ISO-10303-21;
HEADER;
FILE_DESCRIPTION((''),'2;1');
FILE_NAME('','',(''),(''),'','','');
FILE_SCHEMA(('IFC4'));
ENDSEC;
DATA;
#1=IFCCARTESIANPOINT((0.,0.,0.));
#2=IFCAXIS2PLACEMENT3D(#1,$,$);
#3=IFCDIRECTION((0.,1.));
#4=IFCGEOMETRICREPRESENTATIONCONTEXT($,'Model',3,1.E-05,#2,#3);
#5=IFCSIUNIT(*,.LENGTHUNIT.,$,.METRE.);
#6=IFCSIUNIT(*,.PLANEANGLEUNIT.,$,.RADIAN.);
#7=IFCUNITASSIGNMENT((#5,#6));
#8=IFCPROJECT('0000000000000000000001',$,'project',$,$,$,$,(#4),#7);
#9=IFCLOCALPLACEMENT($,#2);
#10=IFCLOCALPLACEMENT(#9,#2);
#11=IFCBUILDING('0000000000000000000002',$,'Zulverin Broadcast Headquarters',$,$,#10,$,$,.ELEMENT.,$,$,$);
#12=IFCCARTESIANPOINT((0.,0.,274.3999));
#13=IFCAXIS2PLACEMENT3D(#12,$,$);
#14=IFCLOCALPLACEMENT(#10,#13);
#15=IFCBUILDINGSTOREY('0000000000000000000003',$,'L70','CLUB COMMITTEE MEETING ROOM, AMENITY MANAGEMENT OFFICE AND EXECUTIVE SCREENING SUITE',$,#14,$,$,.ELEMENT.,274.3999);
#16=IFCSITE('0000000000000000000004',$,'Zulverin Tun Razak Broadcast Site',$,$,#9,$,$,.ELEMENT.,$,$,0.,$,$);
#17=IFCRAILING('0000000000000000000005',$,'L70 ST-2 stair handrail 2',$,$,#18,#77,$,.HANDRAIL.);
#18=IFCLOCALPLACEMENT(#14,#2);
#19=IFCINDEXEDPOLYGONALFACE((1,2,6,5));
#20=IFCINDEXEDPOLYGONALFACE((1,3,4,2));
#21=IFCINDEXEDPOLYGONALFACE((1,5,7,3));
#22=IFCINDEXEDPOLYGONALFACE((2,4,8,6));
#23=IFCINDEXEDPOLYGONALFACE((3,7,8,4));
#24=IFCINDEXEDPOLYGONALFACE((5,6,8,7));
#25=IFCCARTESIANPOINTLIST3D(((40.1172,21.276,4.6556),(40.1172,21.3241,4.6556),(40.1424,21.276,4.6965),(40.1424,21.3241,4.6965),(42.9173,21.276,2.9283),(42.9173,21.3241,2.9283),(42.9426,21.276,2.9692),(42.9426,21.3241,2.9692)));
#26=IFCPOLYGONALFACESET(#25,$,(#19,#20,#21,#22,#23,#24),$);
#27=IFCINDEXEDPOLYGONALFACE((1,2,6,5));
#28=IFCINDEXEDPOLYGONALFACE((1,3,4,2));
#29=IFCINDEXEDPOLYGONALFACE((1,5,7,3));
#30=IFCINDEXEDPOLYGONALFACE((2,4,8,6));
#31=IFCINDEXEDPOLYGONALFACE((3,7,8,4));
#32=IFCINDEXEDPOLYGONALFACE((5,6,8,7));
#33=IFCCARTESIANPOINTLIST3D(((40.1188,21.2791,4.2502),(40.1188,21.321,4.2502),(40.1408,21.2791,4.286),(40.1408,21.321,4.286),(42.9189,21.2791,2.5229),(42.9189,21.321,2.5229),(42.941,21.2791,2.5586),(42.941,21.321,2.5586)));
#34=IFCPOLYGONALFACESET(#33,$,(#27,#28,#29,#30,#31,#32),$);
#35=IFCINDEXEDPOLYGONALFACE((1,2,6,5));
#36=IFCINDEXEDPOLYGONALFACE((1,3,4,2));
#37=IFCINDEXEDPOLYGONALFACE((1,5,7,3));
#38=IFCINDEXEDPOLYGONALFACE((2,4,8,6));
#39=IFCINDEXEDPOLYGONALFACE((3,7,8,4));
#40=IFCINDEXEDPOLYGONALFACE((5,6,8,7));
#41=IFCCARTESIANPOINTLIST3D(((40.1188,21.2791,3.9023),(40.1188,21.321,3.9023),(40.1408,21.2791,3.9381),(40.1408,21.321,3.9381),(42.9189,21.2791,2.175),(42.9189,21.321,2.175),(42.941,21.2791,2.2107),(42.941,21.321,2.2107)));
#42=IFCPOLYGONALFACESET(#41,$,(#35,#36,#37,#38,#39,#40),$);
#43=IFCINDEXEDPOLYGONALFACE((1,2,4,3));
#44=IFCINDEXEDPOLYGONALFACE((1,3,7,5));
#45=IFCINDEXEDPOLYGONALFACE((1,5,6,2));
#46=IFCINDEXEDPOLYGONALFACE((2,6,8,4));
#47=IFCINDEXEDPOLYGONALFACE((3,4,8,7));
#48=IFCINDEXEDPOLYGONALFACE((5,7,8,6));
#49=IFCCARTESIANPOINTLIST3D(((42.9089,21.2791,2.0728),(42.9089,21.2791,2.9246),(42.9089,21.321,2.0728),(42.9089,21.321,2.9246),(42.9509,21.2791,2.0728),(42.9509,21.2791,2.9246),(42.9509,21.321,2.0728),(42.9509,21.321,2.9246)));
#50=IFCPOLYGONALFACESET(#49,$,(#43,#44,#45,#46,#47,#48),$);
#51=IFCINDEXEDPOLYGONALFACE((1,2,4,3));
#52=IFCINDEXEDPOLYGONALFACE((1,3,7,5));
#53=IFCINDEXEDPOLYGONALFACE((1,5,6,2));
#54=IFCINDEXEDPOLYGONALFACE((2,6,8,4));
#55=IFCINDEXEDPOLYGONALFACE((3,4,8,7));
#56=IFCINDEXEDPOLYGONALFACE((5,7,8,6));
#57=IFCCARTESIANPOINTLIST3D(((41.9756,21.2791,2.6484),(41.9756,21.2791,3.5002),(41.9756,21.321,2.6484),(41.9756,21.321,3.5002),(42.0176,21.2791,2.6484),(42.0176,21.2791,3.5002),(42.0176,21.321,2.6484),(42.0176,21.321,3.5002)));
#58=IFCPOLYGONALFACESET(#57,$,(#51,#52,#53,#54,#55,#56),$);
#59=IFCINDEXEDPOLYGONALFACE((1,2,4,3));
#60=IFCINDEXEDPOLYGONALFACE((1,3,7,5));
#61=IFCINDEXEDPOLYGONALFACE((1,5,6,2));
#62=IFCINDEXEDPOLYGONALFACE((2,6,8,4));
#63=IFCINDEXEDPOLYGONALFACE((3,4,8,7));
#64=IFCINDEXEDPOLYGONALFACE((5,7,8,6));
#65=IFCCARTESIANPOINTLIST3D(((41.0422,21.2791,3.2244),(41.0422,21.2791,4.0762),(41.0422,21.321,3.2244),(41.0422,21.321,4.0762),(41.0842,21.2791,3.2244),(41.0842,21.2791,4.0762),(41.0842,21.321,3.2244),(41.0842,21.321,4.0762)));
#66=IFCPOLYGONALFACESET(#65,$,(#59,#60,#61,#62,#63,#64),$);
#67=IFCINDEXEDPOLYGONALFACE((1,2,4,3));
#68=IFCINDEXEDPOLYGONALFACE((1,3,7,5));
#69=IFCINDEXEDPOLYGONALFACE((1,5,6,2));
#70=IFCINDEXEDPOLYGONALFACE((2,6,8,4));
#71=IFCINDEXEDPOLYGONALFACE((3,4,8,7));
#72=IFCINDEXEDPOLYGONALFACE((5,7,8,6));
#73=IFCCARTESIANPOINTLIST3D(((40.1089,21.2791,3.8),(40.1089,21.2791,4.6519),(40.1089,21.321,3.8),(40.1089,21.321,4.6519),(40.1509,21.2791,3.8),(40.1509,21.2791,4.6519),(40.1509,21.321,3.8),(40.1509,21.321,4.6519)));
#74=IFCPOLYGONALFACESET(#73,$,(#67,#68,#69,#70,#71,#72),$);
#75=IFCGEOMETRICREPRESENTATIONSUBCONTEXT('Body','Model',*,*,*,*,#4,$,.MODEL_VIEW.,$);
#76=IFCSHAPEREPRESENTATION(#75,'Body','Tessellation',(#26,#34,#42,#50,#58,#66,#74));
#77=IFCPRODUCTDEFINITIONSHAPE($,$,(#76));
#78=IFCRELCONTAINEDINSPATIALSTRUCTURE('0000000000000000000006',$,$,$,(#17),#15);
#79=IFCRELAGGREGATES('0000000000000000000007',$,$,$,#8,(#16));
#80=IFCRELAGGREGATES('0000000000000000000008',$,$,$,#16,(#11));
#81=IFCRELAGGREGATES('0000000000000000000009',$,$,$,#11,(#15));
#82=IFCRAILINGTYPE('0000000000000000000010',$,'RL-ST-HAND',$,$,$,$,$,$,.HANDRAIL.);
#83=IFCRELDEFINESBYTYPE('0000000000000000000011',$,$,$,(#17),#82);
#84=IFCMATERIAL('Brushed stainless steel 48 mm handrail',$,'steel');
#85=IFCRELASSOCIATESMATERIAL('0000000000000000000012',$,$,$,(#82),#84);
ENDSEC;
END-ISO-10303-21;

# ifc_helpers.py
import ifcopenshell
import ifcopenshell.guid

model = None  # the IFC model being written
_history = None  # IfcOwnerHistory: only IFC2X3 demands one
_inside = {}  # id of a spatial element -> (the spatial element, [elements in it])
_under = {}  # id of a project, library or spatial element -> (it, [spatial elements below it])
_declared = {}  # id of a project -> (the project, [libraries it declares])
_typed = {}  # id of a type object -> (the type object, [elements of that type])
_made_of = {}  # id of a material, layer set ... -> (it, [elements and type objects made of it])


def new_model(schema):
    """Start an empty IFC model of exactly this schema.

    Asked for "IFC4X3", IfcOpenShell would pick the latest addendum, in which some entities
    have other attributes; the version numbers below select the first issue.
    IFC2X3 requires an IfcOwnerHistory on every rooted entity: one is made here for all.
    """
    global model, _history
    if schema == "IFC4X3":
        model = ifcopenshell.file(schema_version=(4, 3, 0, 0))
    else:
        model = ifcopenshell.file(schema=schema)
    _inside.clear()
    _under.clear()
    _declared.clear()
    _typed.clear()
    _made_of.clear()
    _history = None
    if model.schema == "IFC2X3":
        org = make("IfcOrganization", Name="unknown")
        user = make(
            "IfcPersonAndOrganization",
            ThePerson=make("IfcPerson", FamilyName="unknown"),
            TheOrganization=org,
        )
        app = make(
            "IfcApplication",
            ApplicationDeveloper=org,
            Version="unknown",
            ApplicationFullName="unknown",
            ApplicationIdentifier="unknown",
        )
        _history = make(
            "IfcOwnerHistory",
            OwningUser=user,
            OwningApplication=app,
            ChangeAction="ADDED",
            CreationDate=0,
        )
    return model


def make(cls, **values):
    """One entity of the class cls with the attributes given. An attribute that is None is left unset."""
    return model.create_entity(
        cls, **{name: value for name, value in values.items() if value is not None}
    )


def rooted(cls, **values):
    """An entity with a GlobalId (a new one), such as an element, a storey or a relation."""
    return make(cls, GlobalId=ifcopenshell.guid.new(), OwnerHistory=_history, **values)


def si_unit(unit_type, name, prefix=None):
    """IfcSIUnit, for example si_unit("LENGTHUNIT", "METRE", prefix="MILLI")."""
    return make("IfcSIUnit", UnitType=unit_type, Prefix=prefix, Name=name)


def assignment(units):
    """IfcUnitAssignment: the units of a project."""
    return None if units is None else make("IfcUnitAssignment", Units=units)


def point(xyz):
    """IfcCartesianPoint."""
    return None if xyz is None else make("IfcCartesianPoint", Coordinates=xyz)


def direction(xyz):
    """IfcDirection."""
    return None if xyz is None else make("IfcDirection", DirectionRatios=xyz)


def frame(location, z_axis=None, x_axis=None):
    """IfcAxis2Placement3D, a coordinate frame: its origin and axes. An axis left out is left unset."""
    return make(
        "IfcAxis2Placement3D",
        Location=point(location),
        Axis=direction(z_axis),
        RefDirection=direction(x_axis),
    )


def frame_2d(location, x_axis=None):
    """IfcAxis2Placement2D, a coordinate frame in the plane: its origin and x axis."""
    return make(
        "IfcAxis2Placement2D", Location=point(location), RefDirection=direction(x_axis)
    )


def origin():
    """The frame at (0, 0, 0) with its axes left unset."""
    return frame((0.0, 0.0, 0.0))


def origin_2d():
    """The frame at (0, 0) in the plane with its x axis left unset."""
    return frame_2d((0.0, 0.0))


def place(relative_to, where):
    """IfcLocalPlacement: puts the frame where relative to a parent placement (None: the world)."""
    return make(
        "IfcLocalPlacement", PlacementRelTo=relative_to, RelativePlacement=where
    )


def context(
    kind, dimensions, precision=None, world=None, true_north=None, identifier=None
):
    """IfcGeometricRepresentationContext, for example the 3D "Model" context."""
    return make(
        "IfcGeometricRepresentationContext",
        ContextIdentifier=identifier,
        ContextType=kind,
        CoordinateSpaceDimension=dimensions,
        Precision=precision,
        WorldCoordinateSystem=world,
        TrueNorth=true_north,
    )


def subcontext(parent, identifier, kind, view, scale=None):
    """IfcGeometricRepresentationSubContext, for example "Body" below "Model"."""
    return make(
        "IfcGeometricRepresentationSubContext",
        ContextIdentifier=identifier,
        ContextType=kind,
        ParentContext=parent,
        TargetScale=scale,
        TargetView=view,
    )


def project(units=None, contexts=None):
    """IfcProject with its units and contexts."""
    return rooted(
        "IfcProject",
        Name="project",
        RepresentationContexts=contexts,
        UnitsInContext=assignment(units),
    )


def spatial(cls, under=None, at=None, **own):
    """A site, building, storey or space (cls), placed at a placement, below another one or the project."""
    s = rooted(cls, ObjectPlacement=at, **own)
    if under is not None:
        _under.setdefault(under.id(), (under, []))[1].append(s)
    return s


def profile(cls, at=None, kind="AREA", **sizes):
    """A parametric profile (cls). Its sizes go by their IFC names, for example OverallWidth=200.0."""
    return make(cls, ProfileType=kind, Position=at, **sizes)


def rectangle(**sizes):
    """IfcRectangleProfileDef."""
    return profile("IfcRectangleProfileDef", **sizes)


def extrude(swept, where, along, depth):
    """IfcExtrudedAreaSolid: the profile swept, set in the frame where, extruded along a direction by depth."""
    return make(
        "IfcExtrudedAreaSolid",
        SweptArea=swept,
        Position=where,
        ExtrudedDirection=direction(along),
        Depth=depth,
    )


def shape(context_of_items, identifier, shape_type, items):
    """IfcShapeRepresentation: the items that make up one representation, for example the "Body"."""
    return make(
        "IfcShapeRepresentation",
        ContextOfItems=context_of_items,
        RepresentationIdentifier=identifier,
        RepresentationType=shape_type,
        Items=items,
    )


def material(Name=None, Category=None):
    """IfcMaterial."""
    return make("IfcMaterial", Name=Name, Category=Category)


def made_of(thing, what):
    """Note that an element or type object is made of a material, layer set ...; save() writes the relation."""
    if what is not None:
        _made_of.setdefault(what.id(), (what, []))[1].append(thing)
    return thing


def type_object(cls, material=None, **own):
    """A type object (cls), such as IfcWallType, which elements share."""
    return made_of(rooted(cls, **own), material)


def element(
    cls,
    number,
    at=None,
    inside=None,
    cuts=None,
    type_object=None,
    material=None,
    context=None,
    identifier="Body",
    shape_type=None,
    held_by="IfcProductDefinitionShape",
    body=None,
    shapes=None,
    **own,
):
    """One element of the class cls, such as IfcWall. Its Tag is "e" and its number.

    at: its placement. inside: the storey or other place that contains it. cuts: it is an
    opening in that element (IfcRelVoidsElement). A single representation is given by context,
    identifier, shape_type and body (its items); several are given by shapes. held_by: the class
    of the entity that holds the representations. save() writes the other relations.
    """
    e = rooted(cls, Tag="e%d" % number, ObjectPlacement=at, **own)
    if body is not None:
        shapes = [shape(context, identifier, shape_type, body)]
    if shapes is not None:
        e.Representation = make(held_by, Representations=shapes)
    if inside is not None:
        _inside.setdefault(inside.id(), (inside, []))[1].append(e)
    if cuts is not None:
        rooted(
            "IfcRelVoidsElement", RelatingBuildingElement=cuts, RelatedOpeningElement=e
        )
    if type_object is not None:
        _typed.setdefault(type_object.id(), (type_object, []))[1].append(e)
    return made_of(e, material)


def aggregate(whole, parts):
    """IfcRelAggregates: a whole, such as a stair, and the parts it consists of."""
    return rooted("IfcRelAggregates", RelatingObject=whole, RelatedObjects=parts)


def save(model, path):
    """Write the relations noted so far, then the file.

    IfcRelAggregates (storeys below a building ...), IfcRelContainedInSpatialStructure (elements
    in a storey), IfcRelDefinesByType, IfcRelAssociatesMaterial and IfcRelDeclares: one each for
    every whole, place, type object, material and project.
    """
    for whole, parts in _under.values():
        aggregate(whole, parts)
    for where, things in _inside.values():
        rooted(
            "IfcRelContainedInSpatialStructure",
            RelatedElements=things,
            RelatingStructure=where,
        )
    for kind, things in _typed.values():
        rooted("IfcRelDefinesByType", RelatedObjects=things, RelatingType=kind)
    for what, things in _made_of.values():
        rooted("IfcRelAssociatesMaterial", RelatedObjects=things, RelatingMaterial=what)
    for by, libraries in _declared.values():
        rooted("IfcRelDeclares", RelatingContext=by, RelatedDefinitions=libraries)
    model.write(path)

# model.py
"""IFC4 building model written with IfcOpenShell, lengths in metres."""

from ifc_helpers import new_model, si_unit, direction, frame, origin, origin_2d, place, context, subcontext, project, spatial, rectangle, extrude, material, type_object, element, save


model = new_model("IFC4")

# Units and contexts
model_context = context("Model", 3, precision=1e-05, world=origin(), true_north=direction((0.0, 1.0)))
body_context = subcontext(model_context, "Body", "Model", "MODEL_VIEW")
ifc_project = project(units=[si_unit("LENGTHUNIT", "METRE"), si_unit("PLANEANGLEUNIT", "RADIAN")], contexts=[model_context])

# Site, building, storey
site_placement = place(None, origin())
site = spatial("IfcSite", under=ifc_project, at=site_placement, Name="Zulverin Tun Razak Broadcast Site", CompositionType="ELEMENT", RefElevation=0.0)
building_placement = place(site_placement, origin())
building = spatial("IfcBuilding", under=site, at=building_placement, Name="Zulverin Broadcast Headquarters", CompositionType="ELEMENT")
storey_placement = place(building_placement, frame((0.0, 0.0, 274.3999)))
storey = spatial("IfcBuildingStorey", under=building, at=storey_placement, Name="L70", Description="CLUB COMMITTEE MEETING ROOM, AMENITY MANAGEMENT OFFICE AND EXECUTIVE SCREENING SUITE", CompositionType="ELEMENT", Elevation=274.3999)

# Railing
ifc_material_1 = material(Name="Brushed stainless steel 48 mm handrail", Category="steel")
railing_type_1 = type_object("IfcRailingType", Name="RL-ST-HAND", PredefinedType="HANDRAIL", material=ifc_material_1)
railing_1_placement = place(storey_placement, frame((42.9299, 21.3, 2.0728)))
element("IfcRailing", 1, at=railing_1_placement, inside=storey, type_object=railing_type_1, Name="L70 ST-2 stair handrail 2", PredefinedType="HANDRAIL", context=body_context, shape_type="SweptSolid", body=[
    extrude(rectangle(XDim=0.0481, YDim=0.0481, at=origin_2d()), frame((0.0, 0.0, 0.876), z_axis=(-0.85109, 0.0, 0.52502), x_axis=(0.0, -1.0, 0.0)), (0.0, 0.0, 1.0), 3.29),
    extrude(rectangle(XDim=0.042, YDim=0.042, at=origin_2d()), frame((0.0, 0.0, 0.468), z_axis=(-0.85109, 0.0, 0.52502), x_axis=(0.0, -1.0, 0.0)), (0.0, 0.0, 1.0), 3.29),
    extrude(rectangle(XDim=0.042, YDim=0.042, at=origin_2d()), frame((0.0, 0.0, 0.1201), z_axis=(-0.85109, 0.0, 0.52502), x_axis=(0.0, -1.0, 0.0)), (0.0, 0.0, 1.0), 3.29),
    extrude(rectangle(XDim=0.042, YDim=0.042, at=origin_2d()), origin(), (0.0, 0.0, 1.0), 0.8518),
    extrude(rectangle(XDim=0.042, YDim=0.042, at=origin_2d()), frame((-0.9333, 0.0, 0.5757)), (0.0, 0.0, 1.0), 0.8518),
    extrude(rectangle(XDim=0.042, YDim=0.042, at=origin_2d()), frame((-1.8667, 0.0, 1.1516)), (0.0, 0.0, 1.0), 0.8518),
    extrude(rectangle(XDim=0.042, YDim=0.042, at=origin_2d()), frame((-2.8, 0.0, 1.7273)), (0.0, 0.0, 1.0), 0.8518),
])

save(model, "model.ifc")
